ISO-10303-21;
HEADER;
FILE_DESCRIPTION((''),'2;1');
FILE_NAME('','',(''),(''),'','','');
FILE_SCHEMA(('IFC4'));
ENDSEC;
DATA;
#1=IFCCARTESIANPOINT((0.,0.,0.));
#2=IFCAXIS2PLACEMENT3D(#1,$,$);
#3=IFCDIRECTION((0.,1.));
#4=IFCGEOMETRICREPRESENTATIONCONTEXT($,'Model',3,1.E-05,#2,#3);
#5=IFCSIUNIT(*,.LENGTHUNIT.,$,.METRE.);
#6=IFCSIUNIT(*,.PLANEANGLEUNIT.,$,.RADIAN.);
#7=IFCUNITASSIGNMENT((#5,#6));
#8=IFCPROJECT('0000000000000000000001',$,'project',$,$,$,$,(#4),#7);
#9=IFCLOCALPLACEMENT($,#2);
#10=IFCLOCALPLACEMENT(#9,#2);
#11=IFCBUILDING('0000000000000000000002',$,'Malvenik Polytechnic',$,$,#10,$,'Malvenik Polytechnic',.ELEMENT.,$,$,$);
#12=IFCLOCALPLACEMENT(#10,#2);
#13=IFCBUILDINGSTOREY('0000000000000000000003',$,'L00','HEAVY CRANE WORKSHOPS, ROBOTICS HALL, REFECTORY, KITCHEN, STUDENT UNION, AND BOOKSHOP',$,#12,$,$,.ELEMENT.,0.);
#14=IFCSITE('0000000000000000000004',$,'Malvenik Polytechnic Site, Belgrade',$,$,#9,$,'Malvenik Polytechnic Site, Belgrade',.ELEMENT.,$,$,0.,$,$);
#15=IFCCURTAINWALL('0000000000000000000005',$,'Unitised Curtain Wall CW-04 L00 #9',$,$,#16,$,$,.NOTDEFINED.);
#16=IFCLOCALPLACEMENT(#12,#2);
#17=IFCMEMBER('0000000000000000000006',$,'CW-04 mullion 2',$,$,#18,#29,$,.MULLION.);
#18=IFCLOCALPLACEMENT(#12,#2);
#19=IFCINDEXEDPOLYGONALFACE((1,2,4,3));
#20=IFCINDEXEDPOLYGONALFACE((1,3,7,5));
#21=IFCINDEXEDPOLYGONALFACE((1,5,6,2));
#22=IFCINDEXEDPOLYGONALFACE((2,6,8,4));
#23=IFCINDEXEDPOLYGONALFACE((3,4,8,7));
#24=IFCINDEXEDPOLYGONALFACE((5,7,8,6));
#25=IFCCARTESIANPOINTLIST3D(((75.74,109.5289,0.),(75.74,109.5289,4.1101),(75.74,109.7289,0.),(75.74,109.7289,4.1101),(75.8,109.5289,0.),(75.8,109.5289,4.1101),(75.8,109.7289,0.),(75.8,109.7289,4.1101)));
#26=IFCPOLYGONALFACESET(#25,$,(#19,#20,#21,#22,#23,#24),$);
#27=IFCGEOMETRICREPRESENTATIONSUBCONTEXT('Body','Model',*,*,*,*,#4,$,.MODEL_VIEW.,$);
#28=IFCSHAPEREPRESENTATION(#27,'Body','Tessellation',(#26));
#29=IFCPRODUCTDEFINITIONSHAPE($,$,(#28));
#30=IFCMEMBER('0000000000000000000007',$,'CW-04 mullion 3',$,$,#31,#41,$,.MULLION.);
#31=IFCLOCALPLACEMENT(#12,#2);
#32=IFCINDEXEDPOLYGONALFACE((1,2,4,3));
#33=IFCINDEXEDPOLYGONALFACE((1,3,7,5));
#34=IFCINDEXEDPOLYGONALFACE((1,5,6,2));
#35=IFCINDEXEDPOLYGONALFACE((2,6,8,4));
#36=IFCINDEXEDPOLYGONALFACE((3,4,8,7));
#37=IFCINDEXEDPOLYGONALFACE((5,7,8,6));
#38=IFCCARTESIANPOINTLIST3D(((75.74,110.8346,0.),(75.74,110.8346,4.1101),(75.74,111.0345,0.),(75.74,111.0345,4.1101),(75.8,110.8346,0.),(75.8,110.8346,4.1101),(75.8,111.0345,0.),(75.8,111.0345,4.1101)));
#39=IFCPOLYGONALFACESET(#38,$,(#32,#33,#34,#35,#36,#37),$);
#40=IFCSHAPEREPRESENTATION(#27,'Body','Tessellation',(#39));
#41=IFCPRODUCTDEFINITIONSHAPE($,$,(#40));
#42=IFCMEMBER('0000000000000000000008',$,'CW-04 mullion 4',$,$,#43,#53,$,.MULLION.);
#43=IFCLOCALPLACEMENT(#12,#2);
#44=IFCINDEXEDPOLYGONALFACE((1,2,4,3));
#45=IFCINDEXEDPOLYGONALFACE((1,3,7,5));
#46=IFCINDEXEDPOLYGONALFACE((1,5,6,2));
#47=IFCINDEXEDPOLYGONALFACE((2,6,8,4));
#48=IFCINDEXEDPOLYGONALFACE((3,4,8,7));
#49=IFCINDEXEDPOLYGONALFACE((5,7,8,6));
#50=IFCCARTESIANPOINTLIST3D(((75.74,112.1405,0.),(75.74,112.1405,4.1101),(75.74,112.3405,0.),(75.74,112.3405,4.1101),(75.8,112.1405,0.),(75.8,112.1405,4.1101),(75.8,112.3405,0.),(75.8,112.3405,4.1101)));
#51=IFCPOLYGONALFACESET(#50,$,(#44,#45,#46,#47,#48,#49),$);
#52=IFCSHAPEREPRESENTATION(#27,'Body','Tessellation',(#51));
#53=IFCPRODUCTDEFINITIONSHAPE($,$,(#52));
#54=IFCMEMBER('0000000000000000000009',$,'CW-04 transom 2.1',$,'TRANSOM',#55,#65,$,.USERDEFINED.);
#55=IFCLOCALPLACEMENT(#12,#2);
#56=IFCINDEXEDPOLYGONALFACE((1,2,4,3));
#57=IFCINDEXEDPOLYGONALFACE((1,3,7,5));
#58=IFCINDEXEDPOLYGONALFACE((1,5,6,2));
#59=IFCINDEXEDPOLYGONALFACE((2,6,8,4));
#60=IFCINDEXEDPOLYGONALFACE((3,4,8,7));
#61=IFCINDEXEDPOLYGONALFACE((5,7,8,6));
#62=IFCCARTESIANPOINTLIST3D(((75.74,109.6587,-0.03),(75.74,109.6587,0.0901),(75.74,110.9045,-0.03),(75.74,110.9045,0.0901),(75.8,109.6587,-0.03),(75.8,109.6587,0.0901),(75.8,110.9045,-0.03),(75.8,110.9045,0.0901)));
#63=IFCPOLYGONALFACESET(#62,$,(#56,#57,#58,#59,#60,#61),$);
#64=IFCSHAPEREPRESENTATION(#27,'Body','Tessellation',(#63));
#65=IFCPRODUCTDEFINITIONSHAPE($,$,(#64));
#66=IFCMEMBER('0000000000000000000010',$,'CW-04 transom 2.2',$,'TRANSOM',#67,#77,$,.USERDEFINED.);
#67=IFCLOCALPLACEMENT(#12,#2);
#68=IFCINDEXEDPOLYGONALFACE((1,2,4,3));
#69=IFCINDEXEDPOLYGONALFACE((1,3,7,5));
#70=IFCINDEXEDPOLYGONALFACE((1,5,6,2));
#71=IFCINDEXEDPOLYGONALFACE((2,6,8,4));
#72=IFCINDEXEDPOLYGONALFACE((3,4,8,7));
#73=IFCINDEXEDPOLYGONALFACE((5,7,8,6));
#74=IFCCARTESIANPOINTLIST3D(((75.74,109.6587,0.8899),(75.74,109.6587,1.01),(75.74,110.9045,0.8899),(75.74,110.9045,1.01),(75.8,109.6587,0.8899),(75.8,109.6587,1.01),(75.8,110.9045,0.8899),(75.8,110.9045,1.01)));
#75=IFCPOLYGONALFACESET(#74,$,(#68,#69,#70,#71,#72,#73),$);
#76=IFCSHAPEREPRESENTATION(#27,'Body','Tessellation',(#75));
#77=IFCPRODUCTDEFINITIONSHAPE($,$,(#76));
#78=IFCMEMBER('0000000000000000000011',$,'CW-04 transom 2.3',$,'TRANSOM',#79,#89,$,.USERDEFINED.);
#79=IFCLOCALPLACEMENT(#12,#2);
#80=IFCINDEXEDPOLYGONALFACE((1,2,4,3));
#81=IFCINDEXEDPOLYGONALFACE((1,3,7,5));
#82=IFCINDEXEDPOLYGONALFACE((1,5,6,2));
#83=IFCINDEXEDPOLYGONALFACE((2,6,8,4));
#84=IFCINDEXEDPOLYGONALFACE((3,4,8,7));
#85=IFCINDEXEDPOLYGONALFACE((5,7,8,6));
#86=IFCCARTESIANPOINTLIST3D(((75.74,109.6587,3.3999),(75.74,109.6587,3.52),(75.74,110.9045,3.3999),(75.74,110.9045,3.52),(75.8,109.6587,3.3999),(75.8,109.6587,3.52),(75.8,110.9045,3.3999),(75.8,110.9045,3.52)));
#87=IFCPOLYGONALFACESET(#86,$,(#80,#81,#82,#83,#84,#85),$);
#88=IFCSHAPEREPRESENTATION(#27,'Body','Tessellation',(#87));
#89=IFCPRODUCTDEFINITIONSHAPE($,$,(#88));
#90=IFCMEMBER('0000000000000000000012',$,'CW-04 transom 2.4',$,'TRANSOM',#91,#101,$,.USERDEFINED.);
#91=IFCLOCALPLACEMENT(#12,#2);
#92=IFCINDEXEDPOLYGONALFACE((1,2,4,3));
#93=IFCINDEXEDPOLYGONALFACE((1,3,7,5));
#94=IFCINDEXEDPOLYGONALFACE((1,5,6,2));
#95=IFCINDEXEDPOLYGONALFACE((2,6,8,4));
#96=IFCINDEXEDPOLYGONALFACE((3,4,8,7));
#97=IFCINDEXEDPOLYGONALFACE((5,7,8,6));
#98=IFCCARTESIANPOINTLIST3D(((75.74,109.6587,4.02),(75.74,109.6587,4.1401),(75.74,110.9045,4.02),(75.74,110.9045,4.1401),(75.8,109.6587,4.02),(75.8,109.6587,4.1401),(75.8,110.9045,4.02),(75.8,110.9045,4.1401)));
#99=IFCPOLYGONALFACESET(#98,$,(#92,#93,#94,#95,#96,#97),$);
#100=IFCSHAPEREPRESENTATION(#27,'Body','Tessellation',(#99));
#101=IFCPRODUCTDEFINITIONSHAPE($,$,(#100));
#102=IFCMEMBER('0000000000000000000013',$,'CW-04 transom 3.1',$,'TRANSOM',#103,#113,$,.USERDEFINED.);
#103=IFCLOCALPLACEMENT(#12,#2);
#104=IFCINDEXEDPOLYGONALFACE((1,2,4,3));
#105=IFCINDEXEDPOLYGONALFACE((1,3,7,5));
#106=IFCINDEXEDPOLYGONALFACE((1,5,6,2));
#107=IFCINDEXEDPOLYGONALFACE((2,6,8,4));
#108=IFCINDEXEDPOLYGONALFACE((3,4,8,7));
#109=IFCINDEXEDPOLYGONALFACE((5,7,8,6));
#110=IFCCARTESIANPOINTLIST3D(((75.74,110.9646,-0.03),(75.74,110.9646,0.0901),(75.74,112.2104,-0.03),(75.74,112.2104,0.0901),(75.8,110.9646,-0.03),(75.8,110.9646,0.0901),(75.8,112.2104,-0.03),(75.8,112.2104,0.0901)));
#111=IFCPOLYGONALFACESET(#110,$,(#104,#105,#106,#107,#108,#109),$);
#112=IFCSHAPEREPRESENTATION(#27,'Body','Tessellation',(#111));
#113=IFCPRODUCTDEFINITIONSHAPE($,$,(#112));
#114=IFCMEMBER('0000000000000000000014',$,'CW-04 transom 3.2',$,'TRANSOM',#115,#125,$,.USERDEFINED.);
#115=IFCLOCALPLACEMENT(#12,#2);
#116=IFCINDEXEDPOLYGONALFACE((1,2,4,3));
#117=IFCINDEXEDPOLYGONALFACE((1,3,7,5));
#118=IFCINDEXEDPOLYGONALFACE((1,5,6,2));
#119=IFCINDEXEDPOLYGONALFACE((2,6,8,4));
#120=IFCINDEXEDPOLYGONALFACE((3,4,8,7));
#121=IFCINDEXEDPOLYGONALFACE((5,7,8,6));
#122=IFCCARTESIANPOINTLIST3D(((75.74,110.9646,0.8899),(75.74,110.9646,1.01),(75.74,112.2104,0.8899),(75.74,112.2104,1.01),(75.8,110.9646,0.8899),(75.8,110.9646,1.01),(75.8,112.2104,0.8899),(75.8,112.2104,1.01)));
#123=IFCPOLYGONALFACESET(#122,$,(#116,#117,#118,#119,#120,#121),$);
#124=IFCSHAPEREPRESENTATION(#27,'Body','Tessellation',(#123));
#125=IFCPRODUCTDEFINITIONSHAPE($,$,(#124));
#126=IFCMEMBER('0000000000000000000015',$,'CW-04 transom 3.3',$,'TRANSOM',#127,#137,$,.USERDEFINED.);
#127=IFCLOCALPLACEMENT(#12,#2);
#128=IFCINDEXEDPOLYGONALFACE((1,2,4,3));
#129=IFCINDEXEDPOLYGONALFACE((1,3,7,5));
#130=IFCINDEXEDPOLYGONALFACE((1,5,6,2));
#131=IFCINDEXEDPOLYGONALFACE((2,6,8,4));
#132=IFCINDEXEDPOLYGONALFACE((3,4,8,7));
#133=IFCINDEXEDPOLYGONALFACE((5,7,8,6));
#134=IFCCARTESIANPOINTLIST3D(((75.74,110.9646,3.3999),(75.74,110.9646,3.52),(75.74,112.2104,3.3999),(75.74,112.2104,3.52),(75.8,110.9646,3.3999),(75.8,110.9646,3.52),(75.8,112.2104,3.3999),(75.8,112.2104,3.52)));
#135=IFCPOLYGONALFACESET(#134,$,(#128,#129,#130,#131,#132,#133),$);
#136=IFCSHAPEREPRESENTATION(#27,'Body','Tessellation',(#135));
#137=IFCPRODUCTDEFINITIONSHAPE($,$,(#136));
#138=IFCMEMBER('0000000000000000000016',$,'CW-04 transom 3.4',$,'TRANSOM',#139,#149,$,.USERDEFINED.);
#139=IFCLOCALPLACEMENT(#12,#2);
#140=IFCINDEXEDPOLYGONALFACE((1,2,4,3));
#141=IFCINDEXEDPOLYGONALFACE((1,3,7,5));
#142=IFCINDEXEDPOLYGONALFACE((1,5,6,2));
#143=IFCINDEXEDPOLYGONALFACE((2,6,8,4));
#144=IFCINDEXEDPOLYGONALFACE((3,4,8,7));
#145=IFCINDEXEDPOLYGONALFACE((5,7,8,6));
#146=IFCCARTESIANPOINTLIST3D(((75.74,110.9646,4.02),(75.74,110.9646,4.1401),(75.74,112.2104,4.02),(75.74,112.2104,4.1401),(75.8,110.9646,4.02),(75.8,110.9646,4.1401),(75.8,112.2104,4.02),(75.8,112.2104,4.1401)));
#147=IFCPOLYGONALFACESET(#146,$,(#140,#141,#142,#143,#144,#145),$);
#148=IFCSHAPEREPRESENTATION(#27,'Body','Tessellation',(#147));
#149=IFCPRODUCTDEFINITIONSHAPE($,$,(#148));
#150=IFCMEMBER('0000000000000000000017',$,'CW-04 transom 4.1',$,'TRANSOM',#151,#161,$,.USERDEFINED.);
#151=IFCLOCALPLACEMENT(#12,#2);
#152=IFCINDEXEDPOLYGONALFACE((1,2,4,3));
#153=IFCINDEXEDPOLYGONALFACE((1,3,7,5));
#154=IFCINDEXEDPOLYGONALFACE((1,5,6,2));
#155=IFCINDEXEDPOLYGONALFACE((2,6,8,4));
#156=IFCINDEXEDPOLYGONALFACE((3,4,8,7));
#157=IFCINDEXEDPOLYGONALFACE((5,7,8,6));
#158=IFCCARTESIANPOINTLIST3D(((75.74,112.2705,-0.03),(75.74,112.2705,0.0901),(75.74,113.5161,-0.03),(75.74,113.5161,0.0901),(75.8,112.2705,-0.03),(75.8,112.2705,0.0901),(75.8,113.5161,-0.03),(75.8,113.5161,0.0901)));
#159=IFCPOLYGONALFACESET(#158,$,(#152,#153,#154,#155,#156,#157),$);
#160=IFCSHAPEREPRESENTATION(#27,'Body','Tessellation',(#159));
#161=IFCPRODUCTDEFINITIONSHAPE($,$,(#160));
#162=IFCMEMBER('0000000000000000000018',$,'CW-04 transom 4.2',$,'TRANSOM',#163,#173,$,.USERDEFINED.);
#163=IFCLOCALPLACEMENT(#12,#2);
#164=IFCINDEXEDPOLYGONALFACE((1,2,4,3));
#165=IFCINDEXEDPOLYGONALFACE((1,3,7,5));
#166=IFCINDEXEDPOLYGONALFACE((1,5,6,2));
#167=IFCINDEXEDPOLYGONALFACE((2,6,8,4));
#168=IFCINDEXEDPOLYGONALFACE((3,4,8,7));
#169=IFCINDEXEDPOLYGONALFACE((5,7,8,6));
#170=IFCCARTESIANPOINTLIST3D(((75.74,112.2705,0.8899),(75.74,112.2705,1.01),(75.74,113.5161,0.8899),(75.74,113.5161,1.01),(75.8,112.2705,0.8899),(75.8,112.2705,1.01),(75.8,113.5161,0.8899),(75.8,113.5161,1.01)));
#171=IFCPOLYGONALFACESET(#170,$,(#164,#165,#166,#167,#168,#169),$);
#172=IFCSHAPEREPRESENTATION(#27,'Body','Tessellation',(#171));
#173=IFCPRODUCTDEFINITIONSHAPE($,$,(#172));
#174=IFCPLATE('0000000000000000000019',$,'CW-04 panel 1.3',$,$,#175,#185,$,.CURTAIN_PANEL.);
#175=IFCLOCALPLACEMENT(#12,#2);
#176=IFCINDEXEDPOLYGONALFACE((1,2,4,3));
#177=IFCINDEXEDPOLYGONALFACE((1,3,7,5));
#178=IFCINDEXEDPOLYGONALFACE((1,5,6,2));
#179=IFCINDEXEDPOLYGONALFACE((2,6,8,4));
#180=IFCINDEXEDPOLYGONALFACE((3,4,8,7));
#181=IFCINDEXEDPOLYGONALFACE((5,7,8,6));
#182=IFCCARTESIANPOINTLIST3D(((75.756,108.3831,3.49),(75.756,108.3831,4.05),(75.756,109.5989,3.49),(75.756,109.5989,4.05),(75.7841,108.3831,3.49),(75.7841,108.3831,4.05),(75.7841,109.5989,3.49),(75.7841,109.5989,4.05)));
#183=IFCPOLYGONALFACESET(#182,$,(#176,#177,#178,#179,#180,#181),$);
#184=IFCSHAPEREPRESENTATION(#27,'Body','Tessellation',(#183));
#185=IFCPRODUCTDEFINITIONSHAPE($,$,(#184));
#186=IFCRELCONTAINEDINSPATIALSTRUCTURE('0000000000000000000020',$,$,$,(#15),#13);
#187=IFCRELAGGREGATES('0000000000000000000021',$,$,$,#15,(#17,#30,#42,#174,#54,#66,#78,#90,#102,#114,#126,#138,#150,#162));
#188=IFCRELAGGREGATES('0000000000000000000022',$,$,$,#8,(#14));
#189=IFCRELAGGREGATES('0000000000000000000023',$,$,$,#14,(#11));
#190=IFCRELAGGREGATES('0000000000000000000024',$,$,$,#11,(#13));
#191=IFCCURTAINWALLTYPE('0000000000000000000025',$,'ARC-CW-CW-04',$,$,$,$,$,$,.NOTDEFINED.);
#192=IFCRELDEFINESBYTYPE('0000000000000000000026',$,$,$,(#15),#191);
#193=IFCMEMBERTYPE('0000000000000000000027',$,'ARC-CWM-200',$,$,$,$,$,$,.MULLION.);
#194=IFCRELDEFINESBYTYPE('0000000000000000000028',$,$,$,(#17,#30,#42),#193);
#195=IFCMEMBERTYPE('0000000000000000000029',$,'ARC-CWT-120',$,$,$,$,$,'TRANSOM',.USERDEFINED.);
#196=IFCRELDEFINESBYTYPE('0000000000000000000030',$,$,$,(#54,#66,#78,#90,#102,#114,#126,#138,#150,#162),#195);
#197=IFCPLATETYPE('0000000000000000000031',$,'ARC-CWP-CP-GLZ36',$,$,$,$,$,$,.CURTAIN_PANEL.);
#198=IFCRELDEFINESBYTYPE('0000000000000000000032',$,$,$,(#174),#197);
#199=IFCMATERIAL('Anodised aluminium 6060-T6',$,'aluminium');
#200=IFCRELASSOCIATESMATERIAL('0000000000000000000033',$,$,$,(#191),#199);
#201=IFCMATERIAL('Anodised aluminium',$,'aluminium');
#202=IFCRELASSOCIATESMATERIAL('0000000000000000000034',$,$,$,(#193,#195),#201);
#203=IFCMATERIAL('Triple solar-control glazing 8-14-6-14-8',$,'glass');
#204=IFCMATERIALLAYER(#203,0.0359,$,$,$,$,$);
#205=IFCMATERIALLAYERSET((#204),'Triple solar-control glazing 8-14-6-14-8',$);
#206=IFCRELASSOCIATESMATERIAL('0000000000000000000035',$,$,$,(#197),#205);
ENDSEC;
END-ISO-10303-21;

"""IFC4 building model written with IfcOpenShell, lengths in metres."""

from ifc_helpers import new_model, si_unit, direction, frame, origin, origin_2d, place, context, subcontext, project, spatial, rectangle, extrude, material, layer, layer_set, material_profile, profile_set, type_object, element, aggregate, save


model = new_model("IFC4")

# Units and contexts
model_context = context("Model", 3, precision=1e-05, world=origin(), true_north=direction((0.0, 1.0)))
body_context = subcontext(model_context, "Body", "Model", "MODEL_VIEW")
ifc_project = project(units=[si_unit("LENGTHUNIT", "METRE"), si_unit("PLANEANGLEUNIT", "RADIAN")], contexts=[model_context])

# Site, building, storey
site_placement = place(None, origin())
site = spatial("IfcSite", under=ifc_project, at=site_placement, Name="Malvenik Polytechnic Site, Belgrade", LongName="Malvenik Polytechnic Site, Belgrade", CompositionType="ELEMENT", RefElevation=0.0)
building_placement = place(site_placement, origin())
building = spatial("IfcBuilding", under=site, at=building_placement, Name="Malvenik Polytechnic", LongName="Malvenik Polytechnic", CompositionType="ELEMENT")
storey_placement = place(building_placement, origin())
storey = spatial("IfcBuildingStorey", under=building, at=storey_placement, Name="L00", Description="HEAVY CRANE WORKSHOPS, ROBOTICS HALL, REFECTORY, KITCHEN, STUDENT UNION, AND BOOKSHOP", CompositionType="ELEMENT", Elevation=0.0)

# Curtain wall, members, plate
ifc_material_1 = material(Name="Anodised aluminium 6060-T6", Category="aluminium")
curtain_wall_type = type_object("IfcCurtainWallType", Name="ARC-CW-CW-04", PredefinedType="NOTDEFINED", material=ifc_material_1)
curtain_wall_placement = place(storey_placement, origin())
curtain_wall = element("IfcCurtainWall", 1, at=curtain_wall_placement, inside=storey, type_object=curtain_wall_type, Name="Unitised Curtain Wall CW-04 L00 #9", PredefinedType="NOTDEFINED")
ifc_material_2 = material(Name="Anodised aluminium", Category="aluminium")
ifc_material_profile_1 = material_profile(ifc_material_2, rectangle(XDim=0.0601, YDim=0.2, at=origin_2d()), Name="ALU MULLION 60x200")
ifc_profile_set_1 = profile_set([ifc_material_profile_1], Name="Anodised aluminium")
member_type_1 = type_object("IfcMemberType", Name="ARC-CWM-200", PredefinedType="MULLION", material=ifc_profile_set_1)
member_1_placement = place(storey_placement, frame((75.77, 109.6289, 0.0), z_axis=(0.0, 0.0, 1.0), x_axis=(-1.0, 0.0, 0.0)))
member_1 = element("IfcMember", 2, at=member_1_placement, type_object=member_type_1, Name="CW-04 mullion 2", PredefinedType="MULLION", context=body_context, shape_type="SweptSolid", body=[
    extrude(rectangle(XDim=0.0601, YDim=0.2, at=origin_2d()), origin(), (0.0, 0.0, 1.0), 4.1101),
])
member_2_placement = place(storey_placement, frame((75.77, 110.9346, 0.0), z_axis=(0.0, 0.0, 1.0), x_axis=(-1.0, 0.0, 0.0)))
member_2 = element("IfcMember", 3, at=member_2_placement, type_object=member_type_1, Name="CW-04 mullion 3", PredefinedType="MULLION", context=body_context, shape_type="SweptSolid", body=[
    extrude(rectangle(XDim=0.0601, YDim=0.2, at=origin_2d()), origin(), (0.0, 0.0, 1.0), 4.1101),
])
member_3_placement = place(storey_placement, frame((75.77, 112.2405, 0.0), z_axis=(0.0, 0.0, 1.0), x_axis=(-1.0, 0.0, 0.0)))
member_3 = element("IfcMember", 4, at=member_3_placement, type_object=member_type_1, Name="CW-04 mullion 4", PredefinedType="MULLION", context=body_context, shape_type="SweptSolid", body=[
    extrude(rectangle(XDim=0.0601, YDim=0.2, at=origin_2d()), origin(), (0.0, 0.0, 1.0), 4.1101),
])
ifc_material_profile_2 = material_profile(ifc_material_2, rectangle(XDim=0.0601, YDim=0.1201, at=origin_2d()), Name="ALU TRANSOM 60x120")
ifc_profile_set_2 = profile_set([ifc_material_profile_2], Name="Anodised aluminium")
member_type_2 = type_object("IfcMemberType", Name="ARC-CWT-120", ElementType="TRANSOM", PredefinedType="USERDEFINED", material=ifc_profile_set_2)
member_4_placement = place(storey_placement, frame((75.77, 109.6587, 0.03), z_axis=(0.0, 1.0, 0.0), x_axis=(-1.0, 0.0, 0.0)))
member_4 = element("IfcMember", 5, at=member_4_placement, type_object=member_type_2, Name="CW-04 transom 2.1", ObjectType="TRANSOM", PredefinedType="USERDEFINED", context=body_context, shape_type="SweptSolid", body=[
    extrude(rectangle(XDim=0.0601, YDim=0.1201, at=origin_2d()), origin(), (0.0, 0.0, 1.0), 1.2458),
])
member_5_placement = place(storey_placement, frame((75.77, 109.6587, 0.95), z_axis=(0.0, 1.0, 0.0), x_axis=(-1.0, 0.0, 0.0)))
member_5 = element("IfcMember", 6, at=member_5_placement, type_object=member_type_2, Name="CW-04 transom 2.2", ObjectType="TRANSOM", PredefinedType="USERDEFINED", context=body_context, shape_type="SweptSolid", body=[
    extrude(rectangle(XDim=0.0601, YDim=0.1201, at=origin_2d()), origin(), (0.0, 0.0, 1.0), 1.2458),
])
member_6_placement = place(storey_placement, frame((75.77, 109.6587, 3.46), z_axis=(0.0, 1.0, 0.0), x_axis=(-1.0, 0.0, 0.0)))
member_6 = element("IfcMember", 7, at=member_6_placement, type_object=member_type_2, Name="CW-04 transom 2.3", ObjectType="TRANSOM", PredefinedType="USERDEFINED", context=body_context, shape_type="SweptSolid", body=[
    extrude(rectangle(XDim=0.0601, YDim=0.1201, at=origin_2d()), origin(), (0.0, 0.0, 1.0), 1.2458),
])
member_7_placement = place(storey_placement, frame((75.77, 109.6587, 4.0801), z_axis=(0.0, 1.0, 0.0), x_axis=(-1.0, 0.0, 0.0)))
member_7 = element("IfcMember", 8, at=member_7_placement, type_object=member_type_2, Name="CW-04 transom 2.4", ObjectType="TRANSOM", PredefinedType="USERDEFINED", context=body_context, shape_type="SweptSolid", body=[
    extrude(rectangle(XDim=0.0601, YDim=0.1201, at=origin_2d()), origin(), (0.0, 0.0, 1.0), 1.2458),
])
member_8_placement = place(storey_placement, frame((75.77, 110.9646, 0.03), z_axis=(0.0, 1.0, 0.0), x_axis=(-1.0, 0.0, 0.0)))
member_8 = element("IfcMember", 9, at=member_8_placement, type_object=member_type_2, Name="CW-04 transom 3.1", ObjectType="TRANSOM", PredefinedType="USERDEFINED", context=body_context, shape_type="SweptSolid", body=[
    extrude(rectangle(XDim=0.0601, YDim=0.1201, at=origin_2d()), origin(), (0.0, 0.0, 1.0), 1.2458),
])
member_9_placement = place(storey_placement, frame((75.77, 110.9646, 0.95), z_axis=(0.0, 1.0, 0.0), x_axis=(-1.0, 0.0, 0.0)))
member_9 = element("IfcMember", 10, at=member_9_placement, type_object=member_type_2, Name="CW-04 transom 3.2", ObjectType="TRANSOM", PredefinedType="USERDEFINED", context=body_context, shape_type="SweptSolid", body=[
    extrude(rectangle(XDim=0.0601, YDim=0.1201, at=origin_2d()), origin(), (0.0, 0.0, 1.0), 1.2458),
])
member_10_placement = place(storey_placement, frame((75.77, 110.9646, 3.46), z_axis=(0.0, 1.0, 0.0), x_axis=(-1.0, 0.0, 0.0)))
member_10 = element("IfcMember", 11, at=member_10_placement, type_object=member_type_2, Name="CW-04 transom 3.3", ObjectType="TRANSOM", PredefinedType="USERDEFINED", context=body_context, shape_type="SweptSolid", body=[
    extrude(rectangle(XDim=0.0601, YDim=0.1201, at=origin_2d()), origin(), (0.0, 0.0, 1.0), 1.2458),
])
member_11_placement = place(storey_placement, frame((75.77, 110.9646, 4.0801), z_axis=(0.0, 1.0, 0.0), x_axis=(-1.0, 0.0, 0.0)))
member_11 = element("IfcMember", 12, at=member_11_placement, type_object=member_type_2, Name="CW-04 transom 3.4", ObjectType="TRANSOM", PredefinedType="USERDEFINED", context=body_context, shape_type="SweptSolid", body=[
    extrude(rectangle(XDim=0.0601, YDim=0.1201, at=origin_2d()), origin(), (0.0, 0.0, 1.0), 1.2458),
])
member_12_placement = place(storey_placement, frame((75.77, 112.2705, 0.03), z_axis=(0.0, 1.0, 0.0), x_axis=(-1.0, 0.0, 0.0)))
member_12 = element("IfcMember", 13, at=member_12_placement, type_object=member_type_2, Name="CW-04 transom 4.1", ObjectType="TRANSOM", PredefinedType="USERDEFINED", context=body_context, shape_type="SweptSolid", body=[
    extrude(rectangle(XDim=0.0601, YDim=0.1201, at=origin_2d()), origin(), (0.0, 0.0, 1.0), 1.2456),
])
member_13_placement = place(storey_placement, frame((75.77, 112.2705, 0.95), z_axis=(0.0, 1.0, 0.0), x_axis=(-1.0, 0.0, 0.0)))
member_13 = element("IfcMember", 14, at=member_13_placement, type_object=member_type_2, Name="CW-04 transom 4.2", ObjectType="TRANSOM", PredefinedType="USERDEFINED", context=body_context, shape_type="SweptSolid", body=[
    extrude(rectangle(XDim=0.0601, YDim=0.1201, at=origin_2d()), origin(), (0.0, 0.0, 1.0), 1.2456),
])
ifc_material_3 = material(Name="Triple solar-control glazing 8-14-6-14-8", Category="glass")
ifc_layer_1 = layer(ifc_material_3, 0.0359)
ifc_layer_set_1 = layer_set([ifc_layer_1], Name="Triple solar-control glazing 8-14-6-14-8")
plate_type_1 = type_object("IfcPlateType", Name="ARC-CWP-CP-GLZ36", PredefinedType="CURTAIN_PANEL", material=ifc_layer_set_1)
plate_1_placement = place(storey_placement, frame((75.77, 108.991, 3.49), z_axis=(0.0, 0.0, 1.0), x_axis=(0.0, 1.0, 0.0)))
plate_1 = element("IfcPlate", 15, at=plate_1_placement, type_object=plate_type_1, Name="CW-04 panel 1.3", PredefinedType="CURTAIN_PANEL", context=body_context, shape_type="SweptSolid", body=[
    extrude(rectangle(XDim=1.2158, YDim=0.0281, at=origin_2d()), origin(), (0.0, 0.0, 1.0), 0.5601),
])
aggregate(curtain_wall, [member_1, member_2, member_3, plate_1, member_4, member_5, member_6, member_7, member_8, member_9, member_10, member_11, member_12, member_13])

save(model, "model.ifc")
